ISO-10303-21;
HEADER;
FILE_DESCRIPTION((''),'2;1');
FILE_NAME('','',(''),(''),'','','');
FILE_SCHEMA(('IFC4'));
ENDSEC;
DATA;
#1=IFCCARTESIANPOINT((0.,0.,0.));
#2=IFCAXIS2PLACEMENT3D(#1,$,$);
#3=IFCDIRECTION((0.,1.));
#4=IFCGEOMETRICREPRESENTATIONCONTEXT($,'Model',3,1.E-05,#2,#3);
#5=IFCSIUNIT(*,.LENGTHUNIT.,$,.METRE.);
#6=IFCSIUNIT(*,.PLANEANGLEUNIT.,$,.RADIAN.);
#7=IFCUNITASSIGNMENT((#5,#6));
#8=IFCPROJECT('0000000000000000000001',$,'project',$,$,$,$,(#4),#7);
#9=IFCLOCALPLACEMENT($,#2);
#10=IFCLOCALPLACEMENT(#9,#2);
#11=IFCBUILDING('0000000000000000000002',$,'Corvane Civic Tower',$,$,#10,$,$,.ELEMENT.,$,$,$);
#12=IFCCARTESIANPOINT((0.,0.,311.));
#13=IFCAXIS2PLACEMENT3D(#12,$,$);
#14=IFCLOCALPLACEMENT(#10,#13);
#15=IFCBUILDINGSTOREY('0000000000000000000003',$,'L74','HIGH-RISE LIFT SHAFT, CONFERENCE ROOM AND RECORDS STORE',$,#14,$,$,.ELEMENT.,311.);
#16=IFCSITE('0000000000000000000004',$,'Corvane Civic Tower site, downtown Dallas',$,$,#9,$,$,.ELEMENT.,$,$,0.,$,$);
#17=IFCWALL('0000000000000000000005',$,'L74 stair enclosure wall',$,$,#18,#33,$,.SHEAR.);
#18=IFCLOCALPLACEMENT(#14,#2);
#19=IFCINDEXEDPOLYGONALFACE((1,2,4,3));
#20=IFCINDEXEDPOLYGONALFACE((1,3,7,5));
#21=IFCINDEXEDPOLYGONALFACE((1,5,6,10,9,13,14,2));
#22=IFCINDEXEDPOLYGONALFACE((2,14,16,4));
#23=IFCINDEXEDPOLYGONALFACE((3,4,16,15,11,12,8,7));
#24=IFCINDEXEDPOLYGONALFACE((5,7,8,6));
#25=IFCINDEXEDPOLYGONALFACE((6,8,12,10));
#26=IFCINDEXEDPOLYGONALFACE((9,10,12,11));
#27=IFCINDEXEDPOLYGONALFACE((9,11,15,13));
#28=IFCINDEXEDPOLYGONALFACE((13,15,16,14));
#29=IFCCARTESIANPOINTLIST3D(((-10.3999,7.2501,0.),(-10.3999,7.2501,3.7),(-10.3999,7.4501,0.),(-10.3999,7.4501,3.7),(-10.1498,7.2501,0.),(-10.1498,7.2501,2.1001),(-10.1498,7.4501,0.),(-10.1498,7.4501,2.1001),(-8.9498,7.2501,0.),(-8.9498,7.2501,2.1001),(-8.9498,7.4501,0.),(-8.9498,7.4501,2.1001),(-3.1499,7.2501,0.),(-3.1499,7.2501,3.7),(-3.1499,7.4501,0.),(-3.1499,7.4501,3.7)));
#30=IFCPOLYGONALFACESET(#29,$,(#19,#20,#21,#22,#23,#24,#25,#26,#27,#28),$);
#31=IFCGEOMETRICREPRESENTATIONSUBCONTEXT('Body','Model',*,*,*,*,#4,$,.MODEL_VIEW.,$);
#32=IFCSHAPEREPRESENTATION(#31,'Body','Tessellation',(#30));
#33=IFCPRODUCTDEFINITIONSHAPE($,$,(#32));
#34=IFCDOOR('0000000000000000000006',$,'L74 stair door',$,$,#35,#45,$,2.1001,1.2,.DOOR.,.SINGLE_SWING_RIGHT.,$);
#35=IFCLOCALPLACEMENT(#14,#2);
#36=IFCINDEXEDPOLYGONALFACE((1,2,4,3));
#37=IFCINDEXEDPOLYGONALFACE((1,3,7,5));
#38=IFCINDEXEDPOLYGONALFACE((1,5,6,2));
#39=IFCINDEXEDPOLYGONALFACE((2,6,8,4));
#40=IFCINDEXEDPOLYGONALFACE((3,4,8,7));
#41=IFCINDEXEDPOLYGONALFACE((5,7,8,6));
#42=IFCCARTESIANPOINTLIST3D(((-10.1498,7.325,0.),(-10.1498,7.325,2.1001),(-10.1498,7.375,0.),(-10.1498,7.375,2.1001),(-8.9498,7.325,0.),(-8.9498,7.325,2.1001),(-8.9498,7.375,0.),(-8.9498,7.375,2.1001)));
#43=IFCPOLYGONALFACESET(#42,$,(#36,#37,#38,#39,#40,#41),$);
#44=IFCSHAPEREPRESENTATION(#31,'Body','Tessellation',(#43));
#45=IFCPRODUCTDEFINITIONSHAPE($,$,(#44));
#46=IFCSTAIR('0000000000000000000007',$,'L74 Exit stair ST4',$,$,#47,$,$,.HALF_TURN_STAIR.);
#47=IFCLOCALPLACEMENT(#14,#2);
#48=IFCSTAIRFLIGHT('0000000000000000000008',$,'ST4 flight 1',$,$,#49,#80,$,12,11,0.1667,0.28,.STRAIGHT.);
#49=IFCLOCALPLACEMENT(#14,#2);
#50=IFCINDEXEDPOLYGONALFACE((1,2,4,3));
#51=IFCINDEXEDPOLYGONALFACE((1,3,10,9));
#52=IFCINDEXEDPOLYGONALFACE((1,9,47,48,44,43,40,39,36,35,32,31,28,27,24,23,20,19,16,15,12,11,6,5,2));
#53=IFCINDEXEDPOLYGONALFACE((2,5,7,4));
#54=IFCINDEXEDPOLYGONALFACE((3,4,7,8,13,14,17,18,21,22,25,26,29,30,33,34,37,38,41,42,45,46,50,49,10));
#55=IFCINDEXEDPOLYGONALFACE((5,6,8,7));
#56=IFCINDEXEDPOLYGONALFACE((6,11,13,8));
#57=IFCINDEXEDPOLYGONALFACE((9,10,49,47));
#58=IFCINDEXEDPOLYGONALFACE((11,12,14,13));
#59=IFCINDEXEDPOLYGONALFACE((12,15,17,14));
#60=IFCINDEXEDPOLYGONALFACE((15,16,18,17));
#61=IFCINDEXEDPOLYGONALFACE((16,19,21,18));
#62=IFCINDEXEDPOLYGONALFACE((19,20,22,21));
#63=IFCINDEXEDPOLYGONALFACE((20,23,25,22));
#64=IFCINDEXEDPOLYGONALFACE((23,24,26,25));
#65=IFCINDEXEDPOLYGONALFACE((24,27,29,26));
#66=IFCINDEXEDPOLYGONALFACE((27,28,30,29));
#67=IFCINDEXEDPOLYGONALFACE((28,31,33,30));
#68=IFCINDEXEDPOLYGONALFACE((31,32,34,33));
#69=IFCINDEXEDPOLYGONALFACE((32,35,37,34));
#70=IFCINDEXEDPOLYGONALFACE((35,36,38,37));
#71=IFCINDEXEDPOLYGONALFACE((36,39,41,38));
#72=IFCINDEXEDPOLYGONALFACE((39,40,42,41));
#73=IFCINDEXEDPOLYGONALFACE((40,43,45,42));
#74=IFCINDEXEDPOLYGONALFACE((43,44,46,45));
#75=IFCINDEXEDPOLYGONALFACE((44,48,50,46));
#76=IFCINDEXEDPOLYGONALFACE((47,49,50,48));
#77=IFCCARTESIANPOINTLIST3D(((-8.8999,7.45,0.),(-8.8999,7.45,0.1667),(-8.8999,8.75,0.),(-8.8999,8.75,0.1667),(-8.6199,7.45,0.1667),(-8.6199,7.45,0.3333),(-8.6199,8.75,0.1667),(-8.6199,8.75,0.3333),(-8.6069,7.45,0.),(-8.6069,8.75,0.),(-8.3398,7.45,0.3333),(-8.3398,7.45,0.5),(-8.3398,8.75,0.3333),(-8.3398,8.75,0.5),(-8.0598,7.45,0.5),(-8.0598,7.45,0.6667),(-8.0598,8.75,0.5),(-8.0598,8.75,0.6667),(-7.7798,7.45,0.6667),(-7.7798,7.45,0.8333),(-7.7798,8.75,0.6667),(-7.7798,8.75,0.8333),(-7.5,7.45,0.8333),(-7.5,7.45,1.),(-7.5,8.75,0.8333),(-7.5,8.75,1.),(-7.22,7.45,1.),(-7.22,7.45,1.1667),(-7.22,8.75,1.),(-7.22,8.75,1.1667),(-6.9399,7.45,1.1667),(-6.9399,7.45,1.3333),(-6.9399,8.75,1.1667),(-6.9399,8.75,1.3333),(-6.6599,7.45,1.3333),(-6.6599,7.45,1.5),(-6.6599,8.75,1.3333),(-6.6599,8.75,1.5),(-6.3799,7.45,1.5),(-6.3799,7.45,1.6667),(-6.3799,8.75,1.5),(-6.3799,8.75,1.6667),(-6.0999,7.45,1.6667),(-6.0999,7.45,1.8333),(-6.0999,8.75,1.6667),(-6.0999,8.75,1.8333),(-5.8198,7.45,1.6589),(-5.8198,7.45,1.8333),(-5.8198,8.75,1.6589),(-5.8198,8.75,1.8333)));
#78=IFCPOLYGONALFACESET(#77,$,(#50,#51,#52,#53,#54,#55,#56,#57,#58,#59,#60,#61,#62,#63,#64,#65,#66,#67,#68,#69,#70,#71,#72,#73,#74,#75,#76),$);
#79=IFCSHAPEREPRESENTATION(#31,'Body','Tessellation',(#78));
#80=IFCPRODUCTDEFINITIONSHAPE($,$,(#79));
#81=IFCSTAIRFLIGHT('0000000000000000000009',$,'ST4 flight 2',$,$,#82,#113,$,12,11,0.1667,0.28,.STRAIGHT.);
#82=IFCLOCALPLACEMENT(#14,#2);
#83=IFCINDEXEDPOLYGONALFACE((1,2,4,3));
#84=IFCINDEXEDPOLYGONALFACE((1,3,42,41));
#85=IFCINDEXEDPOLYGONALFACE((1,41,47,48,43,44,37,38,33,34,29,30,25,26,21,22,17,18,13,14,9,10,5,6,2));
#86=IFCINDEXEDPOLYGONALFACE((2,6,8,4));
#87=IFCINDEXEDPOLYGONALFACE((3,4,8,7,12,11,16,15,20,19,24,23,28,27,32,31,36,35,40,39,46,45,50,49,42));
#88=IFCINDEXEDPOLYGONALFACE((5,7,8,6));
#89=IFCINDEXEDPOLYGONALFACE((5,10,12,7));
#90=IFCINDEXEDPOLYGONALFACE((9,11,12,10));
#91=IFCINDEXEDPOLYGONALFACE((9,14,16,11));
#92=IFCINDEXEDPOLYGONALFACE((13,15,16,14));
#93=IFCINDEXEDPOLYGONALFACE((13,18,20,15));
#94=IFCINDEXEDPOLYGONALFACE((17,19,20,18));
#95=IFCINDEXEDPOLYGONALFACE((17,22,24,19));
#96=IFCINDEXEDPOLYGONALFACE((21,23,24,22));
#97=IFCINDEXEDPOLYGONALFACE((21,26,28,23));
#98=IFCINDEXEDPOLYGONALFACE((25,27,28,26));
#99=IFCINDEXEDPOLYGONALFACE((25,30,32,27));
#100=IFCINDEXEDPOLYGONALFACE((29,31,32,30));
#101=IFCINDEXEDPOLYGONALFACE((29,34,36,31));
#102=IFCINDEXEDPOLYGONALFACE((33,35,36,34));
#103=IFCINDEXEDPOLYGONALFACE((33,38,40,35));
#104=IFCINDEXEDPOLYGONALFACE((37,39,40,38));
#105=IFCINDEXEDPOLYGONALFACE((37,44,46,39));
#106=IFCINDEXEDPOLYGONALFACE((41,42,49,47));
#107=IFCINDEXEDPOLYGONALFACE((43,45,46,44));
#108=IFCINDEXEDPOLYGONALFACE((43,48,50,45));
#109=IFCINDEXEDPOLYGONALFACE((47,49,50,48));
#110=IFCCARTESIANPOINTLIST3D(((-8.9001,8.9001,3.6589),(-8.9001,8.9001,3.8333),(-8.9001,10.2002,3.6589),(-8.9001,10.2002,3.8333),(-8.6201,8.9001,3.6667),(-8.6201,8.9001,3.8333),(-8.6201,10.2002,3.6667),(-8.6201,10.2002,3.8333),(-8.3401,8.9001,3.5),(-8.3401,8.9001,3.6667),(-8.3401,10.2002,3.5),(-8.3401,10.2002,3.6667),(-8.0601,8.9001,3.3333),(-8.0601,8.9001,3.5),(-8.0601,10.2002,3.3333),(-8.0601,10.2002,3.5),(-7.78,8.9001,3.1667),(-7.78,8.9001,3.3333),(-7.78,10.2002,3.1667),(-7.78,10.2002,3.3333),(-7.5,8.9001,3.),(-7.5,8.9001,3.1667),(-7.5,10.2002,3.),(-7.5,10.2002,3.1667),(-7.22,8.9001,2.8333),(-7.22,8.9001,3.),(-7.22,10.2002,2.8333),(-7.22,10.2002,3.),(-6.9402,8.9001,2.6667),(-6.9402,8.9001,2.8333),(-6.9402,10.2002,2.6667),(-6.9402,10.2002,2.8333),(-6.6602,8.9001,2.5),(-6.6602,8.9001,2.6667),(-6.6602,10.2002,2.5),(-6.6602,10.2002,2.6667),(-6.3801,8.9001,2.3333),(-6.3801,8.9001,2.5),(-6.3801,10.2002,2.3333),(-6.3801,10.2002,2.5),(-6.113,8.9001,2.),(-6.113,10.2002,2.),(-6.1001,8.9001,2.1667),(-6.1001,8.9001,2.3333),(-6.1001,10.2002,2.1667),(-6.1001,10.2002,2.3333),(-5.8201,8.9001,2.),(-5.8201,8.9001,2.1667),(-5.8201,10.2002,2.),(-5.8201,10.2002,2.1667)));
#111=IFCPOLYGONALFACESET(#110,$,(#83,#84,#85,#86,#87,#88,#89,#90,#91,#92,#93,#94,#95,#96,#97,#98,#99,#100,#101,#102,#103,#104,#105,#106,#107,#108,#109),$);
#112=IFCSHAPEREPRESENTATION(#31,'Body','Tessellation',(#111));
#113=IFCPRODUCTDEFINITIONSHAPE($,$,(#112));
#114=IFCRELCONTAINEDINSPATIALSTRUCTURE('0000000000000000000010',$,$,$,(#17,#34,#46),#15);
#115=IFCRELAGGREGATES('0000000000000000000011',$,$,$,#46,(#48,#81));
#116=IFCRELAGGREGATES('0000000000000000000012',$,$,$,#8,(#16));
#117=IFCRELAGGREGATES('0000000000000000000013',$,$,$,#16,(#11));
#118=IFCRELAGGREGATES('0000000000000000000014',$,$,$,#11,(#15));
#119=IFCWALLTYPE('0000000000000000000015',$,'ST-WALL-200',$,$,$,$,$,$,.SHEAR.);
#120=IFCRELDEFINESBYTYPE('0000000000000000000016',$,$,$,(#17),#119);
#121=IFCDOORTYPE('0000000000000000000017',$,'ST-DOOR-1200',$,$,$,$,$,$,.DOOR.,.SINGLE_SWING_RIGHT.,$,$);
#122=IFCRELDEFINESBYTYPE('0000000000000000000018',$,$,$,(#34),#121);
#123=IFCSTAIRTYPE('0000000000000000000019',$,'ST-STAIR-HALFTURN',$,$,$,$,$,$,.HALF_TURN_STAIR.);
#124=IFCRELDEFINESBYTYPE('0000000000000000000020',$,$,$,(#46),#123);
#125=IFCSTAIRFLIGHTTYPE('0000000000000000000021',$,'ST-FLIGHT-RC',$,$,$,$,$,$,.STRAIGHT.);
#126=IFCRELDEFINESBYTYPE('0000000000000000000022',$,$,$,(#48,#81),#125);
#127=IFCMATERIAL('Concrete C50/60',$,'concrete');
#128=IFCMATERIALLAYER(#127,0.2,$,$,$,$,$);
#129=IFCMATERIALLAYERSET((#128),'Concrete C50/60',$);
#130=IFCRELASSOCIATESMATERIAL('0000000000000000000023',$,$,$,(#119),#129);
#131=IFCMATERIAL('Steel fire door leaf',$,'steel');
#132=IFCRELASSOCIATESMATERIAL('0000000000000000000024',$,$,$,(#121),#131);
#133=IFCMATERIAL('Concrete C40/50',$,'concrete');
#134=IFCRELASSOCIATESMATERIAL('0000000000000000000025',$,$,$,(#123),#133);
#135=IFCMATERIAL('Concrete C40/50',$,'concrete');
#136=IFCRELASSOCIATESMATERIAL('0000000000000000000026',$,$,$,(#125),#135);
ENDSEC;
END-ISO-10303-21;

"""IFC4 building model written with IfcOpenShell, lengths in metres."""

from ifc_helpers import new_model, si_unit, direction, frame, frame_2d, origin, place, context, subcontext, project, spatial, polyline, rectangle, outline, extrude, material, layer, layer_set, type_object, element, fill, aggregate, save


model = new_model("IFC4")

# Units and contexts
model_context = context("Model", 3, precision=1e-05, world=origin(), true_north=direction((0.0, 1.0)))
body_context = subcontext(model_context, "Body", "Model", "MODEL_VIEW")
ifc_project = project(units=[si_unit("LENGTHUNIT", "METRE"), si_unit("PLANEANGLEUNIT", "RADIAN")], contexts=[model_context])

# Site, building, storey
site_placement = place(None, origin())
site = spatial("IfcSite", under=ifc_project, at=site_placement, Name="Corvane Civic Tower site, downtown Dallas", CompositionType="ELEMENT", RefElevation=0.0)
building_placement = place(site_placement, origin())
building = spatial("IfcBuilding", under=site, at=building_placement, Name="Corvane Civic Tower", CompositionType="ELEMENT")
storey_placement = place(building_placement, frame((0.0, 0.0, 311.0)))
storey = spatial("IfcBuildingStorey", under=building, at=storey_placement, Name="L74", Description="HIGH-RISE LIFT SHAFT, CONFERENCE ROOM AND RECORDS STORE", CompositionType="ELEMENT", Elevation=311.0)

# Wall, opening, door
ifc_material_1 = material(Name="Concrete C50/60", Category="concrete")
ifc_layer_1 = layer(ifc_material_1, 0.2)
ifc_layer_set_1 = layer_set([ifc_layer_1], Name="Concrete C50/60")
wall_type_1 = type_object("IfcWallType", Name="ST-WALL-200", PredefinedType="SHEAR", material=ifc_layer_set_1)
wall_1_placement = place(storey_placement, frame((-10.3999, 7.3501, 0.0), z_axis=(0.0, 0.0, 1.0), x_axis=(1.0, 0.0, 0.0)))
wall_1 = element("IfcWall", 1, at=wall_1_placement, inside=storey, type_object=wall_type_1, Name="L74 stair enclosure wall", PredefinedType="SHEAR", context=body_context, shape_type="SweptSolid", body=[
    extrude(rectangle(XDim=7.25, YDim=0.2, at=frame_2d((3.625, 0.0))), origin(), (0.0, 0.0, 1.0), 3.7),
])
opening_1_placement = place(wall_1_placement, frame((0.25, 0.0, 0.0)))
opening_1 = element("IfcOpeningElement", 2, at=opening_1_placement, cuts=wall_1, PredefinedType="OPENING", context=body_context, shape_type="SweptSolid", body=[
    extrude(rectangle(XDim=1.2, YDim=2.1001, at=frame_2d((0.6001, 1.05))), frame((0.0, 0.1099, 0.0), z_axis=(0.0, -1.0, 0.0), x_axis=(1.0, 0.0, 0.0)), (0.0, 0.0, 1.0), 0.22),
])
ifc_material_2 = material(Name="Steel fire door leaf", Category="steel")
door_type_1 = type_object("IfcDoorType", Name="ST-DOOR-1200", OperationType="SINGLE_SWING_RIGHT", PredefinedType="DOOR", material=ifc_material_2)
door_1_placement = place(opening_1_placement, origin())
door_1 = element("IfcDoor", 3, at=door_1_placement, inside=storey, type_object=door_type_1, Name="L74 stair door", OperationType="SINGLE_SWING_RIGHT", OverallHeight=2.1001, OverallWidth=1.2, PredefinedType="DOOR", context=body_context, shape_type="SweptSolid", body=[
    extrude(rectangle(XDim=1.2, YDim=2.1001, at=frame_2d((0.6001, 1.05))), frame((0.0, 0.0249, 0.0), z_axis=(0.0, -1.0, 0.0), x_axis=(1.0, 0.0, 0.0)), (0.0, 0.0, 1.0), 0.05),
])
fill(opening_1, door_1)

# Stair, stair flights
ifc_material_3 = material(Name="Concrete C40/50", Category="concrete")
stair_type = type_object("IfcStairType", Name="ST-STAIR-HALFTURN", PredefinedType="HALF_TURN_STAIR", material=ifc_material_3)
stair_placement = place(storey_placement, origin())
stair = element("IfcStair", 4, at=stair_placement, inside=storey, type_object=stair_type, Name="L74 Exit stair ST4", PredefinedType="HALF_TURN_STAIR")
ifc_material_4 = material(Name="Concrete C40/50", Category="concrete")
stair_flight_type = type_object("IfcStairFlightType", Name="ST-FLIGHT-RC", PredefinedType="STRAIGHT", material=ifc_material_4)
stair_flight_1_placement = place(storey_placement, frame((-8.8999, 8.1001, 0.0), z_axis=(0.0, 0.0, 1.0), x_axis=(1.0, 0.0, 0.0)))
stair_flight_1 = element("IfcStairFlight", 5, at=stair_flight_1_placement, type_object=stair_flight_type, Name="ST4 flight 1", NumberOfRisers=12, NumberOfTreads=11, PredefinedType="STRAIGHT", RiserHeight=0.1667, TreadLength=0.28, context=body_context, shape_type="SweptSolid", body=[
    extrude(outline(polyline([(0.0, 0.0), (0.0, 0.1667), (0.28, 0.1667), (0.28, 0.3333), (0.5601, 0.3333), (0.5601, 0.5), (0.8401, 0.5), (0.8401, 0.6667), (1.1201, 0.6667), (1.1201, 0.8333), (1.3999, 0.8333), (1.3999, 1.0), (1.6799, 1.0), (1.6799, 1.1667), (1.96, 1.1667), (1.96, 1.3333), (2.24, 1.3333), (2.24, 1.5), (2.52, 1.5), (2.52, 1.6667), (2.8, 1.6667), (2.8, 1.8333), (3.0801, 1.8333), (3.0801, 2.0), (3.0801, 1.6589), (0.293, 0.0), (0.0, 0.0)])), frame((0.0, 0.6499, 0.0), z_axis=(0.0, -1.0, 0.0), x_axis=(1.0, 0.0, 0.0)), (0.0, 0.0, 1.0), 1.3),
])
stair_flight_2_placement = place(storey_placement, frame((-5.8201, 9.55, 2.0), z_axis=(0.0, 0.0, 1.0), x_axis=(-1.0, 0.0, 0.0)))
stair_flight_2 = element("IfcStairFlight", 6, at=stair_flight_2_placement, type_object=stair_flight_type, Name="ST4 flight 2", NumberOfRisers=12, NumberOfTreads=11, PredefinedType="STRAIGHT", RiserHeight=0.1667, TreadLength=0.28, context=body_context, shape_type="SweptSolid", body=[
    extrude(outline(polyline([(0.0, 0.0), (0.0, 0.1667), (0.28, 0.1667), (0.28, 0.3333), (0.5601, 0.3333), (0.5601, 0.5), (0.8401, 0.5), (0.8401, 0.6667), (1.1201, 0.6667), (1.1201, 0.8333), (1.3999, 0.8333), (1.3999, 1.0), (1.6799, 1.0), (1.6799, 1.1667), (1.96, 1.1667), (1.96, 1.3333), (2.24, 1.3333), (2.24, 1.5), (2.52, 1.5), (2.52, 1.6667), (2.8, 1.6667), (2.8, 1.8333), (3.0801, 1.8333), (3.0801, 2.0), (3.0801, 1.6589), (0.293, 0.0), (0.0, 0.0)])), frame((0.0, 0.6499, 0.0), z_axis=(0.0, -1.0, 0.0), x_axis=(1.0, 0.0, 0.0)), (0.0, 0.0, 1.0), 1.3),
])
aggregate(stair, [stair_flight_1, stair_flight_2])

save(model, "model.ifc")
